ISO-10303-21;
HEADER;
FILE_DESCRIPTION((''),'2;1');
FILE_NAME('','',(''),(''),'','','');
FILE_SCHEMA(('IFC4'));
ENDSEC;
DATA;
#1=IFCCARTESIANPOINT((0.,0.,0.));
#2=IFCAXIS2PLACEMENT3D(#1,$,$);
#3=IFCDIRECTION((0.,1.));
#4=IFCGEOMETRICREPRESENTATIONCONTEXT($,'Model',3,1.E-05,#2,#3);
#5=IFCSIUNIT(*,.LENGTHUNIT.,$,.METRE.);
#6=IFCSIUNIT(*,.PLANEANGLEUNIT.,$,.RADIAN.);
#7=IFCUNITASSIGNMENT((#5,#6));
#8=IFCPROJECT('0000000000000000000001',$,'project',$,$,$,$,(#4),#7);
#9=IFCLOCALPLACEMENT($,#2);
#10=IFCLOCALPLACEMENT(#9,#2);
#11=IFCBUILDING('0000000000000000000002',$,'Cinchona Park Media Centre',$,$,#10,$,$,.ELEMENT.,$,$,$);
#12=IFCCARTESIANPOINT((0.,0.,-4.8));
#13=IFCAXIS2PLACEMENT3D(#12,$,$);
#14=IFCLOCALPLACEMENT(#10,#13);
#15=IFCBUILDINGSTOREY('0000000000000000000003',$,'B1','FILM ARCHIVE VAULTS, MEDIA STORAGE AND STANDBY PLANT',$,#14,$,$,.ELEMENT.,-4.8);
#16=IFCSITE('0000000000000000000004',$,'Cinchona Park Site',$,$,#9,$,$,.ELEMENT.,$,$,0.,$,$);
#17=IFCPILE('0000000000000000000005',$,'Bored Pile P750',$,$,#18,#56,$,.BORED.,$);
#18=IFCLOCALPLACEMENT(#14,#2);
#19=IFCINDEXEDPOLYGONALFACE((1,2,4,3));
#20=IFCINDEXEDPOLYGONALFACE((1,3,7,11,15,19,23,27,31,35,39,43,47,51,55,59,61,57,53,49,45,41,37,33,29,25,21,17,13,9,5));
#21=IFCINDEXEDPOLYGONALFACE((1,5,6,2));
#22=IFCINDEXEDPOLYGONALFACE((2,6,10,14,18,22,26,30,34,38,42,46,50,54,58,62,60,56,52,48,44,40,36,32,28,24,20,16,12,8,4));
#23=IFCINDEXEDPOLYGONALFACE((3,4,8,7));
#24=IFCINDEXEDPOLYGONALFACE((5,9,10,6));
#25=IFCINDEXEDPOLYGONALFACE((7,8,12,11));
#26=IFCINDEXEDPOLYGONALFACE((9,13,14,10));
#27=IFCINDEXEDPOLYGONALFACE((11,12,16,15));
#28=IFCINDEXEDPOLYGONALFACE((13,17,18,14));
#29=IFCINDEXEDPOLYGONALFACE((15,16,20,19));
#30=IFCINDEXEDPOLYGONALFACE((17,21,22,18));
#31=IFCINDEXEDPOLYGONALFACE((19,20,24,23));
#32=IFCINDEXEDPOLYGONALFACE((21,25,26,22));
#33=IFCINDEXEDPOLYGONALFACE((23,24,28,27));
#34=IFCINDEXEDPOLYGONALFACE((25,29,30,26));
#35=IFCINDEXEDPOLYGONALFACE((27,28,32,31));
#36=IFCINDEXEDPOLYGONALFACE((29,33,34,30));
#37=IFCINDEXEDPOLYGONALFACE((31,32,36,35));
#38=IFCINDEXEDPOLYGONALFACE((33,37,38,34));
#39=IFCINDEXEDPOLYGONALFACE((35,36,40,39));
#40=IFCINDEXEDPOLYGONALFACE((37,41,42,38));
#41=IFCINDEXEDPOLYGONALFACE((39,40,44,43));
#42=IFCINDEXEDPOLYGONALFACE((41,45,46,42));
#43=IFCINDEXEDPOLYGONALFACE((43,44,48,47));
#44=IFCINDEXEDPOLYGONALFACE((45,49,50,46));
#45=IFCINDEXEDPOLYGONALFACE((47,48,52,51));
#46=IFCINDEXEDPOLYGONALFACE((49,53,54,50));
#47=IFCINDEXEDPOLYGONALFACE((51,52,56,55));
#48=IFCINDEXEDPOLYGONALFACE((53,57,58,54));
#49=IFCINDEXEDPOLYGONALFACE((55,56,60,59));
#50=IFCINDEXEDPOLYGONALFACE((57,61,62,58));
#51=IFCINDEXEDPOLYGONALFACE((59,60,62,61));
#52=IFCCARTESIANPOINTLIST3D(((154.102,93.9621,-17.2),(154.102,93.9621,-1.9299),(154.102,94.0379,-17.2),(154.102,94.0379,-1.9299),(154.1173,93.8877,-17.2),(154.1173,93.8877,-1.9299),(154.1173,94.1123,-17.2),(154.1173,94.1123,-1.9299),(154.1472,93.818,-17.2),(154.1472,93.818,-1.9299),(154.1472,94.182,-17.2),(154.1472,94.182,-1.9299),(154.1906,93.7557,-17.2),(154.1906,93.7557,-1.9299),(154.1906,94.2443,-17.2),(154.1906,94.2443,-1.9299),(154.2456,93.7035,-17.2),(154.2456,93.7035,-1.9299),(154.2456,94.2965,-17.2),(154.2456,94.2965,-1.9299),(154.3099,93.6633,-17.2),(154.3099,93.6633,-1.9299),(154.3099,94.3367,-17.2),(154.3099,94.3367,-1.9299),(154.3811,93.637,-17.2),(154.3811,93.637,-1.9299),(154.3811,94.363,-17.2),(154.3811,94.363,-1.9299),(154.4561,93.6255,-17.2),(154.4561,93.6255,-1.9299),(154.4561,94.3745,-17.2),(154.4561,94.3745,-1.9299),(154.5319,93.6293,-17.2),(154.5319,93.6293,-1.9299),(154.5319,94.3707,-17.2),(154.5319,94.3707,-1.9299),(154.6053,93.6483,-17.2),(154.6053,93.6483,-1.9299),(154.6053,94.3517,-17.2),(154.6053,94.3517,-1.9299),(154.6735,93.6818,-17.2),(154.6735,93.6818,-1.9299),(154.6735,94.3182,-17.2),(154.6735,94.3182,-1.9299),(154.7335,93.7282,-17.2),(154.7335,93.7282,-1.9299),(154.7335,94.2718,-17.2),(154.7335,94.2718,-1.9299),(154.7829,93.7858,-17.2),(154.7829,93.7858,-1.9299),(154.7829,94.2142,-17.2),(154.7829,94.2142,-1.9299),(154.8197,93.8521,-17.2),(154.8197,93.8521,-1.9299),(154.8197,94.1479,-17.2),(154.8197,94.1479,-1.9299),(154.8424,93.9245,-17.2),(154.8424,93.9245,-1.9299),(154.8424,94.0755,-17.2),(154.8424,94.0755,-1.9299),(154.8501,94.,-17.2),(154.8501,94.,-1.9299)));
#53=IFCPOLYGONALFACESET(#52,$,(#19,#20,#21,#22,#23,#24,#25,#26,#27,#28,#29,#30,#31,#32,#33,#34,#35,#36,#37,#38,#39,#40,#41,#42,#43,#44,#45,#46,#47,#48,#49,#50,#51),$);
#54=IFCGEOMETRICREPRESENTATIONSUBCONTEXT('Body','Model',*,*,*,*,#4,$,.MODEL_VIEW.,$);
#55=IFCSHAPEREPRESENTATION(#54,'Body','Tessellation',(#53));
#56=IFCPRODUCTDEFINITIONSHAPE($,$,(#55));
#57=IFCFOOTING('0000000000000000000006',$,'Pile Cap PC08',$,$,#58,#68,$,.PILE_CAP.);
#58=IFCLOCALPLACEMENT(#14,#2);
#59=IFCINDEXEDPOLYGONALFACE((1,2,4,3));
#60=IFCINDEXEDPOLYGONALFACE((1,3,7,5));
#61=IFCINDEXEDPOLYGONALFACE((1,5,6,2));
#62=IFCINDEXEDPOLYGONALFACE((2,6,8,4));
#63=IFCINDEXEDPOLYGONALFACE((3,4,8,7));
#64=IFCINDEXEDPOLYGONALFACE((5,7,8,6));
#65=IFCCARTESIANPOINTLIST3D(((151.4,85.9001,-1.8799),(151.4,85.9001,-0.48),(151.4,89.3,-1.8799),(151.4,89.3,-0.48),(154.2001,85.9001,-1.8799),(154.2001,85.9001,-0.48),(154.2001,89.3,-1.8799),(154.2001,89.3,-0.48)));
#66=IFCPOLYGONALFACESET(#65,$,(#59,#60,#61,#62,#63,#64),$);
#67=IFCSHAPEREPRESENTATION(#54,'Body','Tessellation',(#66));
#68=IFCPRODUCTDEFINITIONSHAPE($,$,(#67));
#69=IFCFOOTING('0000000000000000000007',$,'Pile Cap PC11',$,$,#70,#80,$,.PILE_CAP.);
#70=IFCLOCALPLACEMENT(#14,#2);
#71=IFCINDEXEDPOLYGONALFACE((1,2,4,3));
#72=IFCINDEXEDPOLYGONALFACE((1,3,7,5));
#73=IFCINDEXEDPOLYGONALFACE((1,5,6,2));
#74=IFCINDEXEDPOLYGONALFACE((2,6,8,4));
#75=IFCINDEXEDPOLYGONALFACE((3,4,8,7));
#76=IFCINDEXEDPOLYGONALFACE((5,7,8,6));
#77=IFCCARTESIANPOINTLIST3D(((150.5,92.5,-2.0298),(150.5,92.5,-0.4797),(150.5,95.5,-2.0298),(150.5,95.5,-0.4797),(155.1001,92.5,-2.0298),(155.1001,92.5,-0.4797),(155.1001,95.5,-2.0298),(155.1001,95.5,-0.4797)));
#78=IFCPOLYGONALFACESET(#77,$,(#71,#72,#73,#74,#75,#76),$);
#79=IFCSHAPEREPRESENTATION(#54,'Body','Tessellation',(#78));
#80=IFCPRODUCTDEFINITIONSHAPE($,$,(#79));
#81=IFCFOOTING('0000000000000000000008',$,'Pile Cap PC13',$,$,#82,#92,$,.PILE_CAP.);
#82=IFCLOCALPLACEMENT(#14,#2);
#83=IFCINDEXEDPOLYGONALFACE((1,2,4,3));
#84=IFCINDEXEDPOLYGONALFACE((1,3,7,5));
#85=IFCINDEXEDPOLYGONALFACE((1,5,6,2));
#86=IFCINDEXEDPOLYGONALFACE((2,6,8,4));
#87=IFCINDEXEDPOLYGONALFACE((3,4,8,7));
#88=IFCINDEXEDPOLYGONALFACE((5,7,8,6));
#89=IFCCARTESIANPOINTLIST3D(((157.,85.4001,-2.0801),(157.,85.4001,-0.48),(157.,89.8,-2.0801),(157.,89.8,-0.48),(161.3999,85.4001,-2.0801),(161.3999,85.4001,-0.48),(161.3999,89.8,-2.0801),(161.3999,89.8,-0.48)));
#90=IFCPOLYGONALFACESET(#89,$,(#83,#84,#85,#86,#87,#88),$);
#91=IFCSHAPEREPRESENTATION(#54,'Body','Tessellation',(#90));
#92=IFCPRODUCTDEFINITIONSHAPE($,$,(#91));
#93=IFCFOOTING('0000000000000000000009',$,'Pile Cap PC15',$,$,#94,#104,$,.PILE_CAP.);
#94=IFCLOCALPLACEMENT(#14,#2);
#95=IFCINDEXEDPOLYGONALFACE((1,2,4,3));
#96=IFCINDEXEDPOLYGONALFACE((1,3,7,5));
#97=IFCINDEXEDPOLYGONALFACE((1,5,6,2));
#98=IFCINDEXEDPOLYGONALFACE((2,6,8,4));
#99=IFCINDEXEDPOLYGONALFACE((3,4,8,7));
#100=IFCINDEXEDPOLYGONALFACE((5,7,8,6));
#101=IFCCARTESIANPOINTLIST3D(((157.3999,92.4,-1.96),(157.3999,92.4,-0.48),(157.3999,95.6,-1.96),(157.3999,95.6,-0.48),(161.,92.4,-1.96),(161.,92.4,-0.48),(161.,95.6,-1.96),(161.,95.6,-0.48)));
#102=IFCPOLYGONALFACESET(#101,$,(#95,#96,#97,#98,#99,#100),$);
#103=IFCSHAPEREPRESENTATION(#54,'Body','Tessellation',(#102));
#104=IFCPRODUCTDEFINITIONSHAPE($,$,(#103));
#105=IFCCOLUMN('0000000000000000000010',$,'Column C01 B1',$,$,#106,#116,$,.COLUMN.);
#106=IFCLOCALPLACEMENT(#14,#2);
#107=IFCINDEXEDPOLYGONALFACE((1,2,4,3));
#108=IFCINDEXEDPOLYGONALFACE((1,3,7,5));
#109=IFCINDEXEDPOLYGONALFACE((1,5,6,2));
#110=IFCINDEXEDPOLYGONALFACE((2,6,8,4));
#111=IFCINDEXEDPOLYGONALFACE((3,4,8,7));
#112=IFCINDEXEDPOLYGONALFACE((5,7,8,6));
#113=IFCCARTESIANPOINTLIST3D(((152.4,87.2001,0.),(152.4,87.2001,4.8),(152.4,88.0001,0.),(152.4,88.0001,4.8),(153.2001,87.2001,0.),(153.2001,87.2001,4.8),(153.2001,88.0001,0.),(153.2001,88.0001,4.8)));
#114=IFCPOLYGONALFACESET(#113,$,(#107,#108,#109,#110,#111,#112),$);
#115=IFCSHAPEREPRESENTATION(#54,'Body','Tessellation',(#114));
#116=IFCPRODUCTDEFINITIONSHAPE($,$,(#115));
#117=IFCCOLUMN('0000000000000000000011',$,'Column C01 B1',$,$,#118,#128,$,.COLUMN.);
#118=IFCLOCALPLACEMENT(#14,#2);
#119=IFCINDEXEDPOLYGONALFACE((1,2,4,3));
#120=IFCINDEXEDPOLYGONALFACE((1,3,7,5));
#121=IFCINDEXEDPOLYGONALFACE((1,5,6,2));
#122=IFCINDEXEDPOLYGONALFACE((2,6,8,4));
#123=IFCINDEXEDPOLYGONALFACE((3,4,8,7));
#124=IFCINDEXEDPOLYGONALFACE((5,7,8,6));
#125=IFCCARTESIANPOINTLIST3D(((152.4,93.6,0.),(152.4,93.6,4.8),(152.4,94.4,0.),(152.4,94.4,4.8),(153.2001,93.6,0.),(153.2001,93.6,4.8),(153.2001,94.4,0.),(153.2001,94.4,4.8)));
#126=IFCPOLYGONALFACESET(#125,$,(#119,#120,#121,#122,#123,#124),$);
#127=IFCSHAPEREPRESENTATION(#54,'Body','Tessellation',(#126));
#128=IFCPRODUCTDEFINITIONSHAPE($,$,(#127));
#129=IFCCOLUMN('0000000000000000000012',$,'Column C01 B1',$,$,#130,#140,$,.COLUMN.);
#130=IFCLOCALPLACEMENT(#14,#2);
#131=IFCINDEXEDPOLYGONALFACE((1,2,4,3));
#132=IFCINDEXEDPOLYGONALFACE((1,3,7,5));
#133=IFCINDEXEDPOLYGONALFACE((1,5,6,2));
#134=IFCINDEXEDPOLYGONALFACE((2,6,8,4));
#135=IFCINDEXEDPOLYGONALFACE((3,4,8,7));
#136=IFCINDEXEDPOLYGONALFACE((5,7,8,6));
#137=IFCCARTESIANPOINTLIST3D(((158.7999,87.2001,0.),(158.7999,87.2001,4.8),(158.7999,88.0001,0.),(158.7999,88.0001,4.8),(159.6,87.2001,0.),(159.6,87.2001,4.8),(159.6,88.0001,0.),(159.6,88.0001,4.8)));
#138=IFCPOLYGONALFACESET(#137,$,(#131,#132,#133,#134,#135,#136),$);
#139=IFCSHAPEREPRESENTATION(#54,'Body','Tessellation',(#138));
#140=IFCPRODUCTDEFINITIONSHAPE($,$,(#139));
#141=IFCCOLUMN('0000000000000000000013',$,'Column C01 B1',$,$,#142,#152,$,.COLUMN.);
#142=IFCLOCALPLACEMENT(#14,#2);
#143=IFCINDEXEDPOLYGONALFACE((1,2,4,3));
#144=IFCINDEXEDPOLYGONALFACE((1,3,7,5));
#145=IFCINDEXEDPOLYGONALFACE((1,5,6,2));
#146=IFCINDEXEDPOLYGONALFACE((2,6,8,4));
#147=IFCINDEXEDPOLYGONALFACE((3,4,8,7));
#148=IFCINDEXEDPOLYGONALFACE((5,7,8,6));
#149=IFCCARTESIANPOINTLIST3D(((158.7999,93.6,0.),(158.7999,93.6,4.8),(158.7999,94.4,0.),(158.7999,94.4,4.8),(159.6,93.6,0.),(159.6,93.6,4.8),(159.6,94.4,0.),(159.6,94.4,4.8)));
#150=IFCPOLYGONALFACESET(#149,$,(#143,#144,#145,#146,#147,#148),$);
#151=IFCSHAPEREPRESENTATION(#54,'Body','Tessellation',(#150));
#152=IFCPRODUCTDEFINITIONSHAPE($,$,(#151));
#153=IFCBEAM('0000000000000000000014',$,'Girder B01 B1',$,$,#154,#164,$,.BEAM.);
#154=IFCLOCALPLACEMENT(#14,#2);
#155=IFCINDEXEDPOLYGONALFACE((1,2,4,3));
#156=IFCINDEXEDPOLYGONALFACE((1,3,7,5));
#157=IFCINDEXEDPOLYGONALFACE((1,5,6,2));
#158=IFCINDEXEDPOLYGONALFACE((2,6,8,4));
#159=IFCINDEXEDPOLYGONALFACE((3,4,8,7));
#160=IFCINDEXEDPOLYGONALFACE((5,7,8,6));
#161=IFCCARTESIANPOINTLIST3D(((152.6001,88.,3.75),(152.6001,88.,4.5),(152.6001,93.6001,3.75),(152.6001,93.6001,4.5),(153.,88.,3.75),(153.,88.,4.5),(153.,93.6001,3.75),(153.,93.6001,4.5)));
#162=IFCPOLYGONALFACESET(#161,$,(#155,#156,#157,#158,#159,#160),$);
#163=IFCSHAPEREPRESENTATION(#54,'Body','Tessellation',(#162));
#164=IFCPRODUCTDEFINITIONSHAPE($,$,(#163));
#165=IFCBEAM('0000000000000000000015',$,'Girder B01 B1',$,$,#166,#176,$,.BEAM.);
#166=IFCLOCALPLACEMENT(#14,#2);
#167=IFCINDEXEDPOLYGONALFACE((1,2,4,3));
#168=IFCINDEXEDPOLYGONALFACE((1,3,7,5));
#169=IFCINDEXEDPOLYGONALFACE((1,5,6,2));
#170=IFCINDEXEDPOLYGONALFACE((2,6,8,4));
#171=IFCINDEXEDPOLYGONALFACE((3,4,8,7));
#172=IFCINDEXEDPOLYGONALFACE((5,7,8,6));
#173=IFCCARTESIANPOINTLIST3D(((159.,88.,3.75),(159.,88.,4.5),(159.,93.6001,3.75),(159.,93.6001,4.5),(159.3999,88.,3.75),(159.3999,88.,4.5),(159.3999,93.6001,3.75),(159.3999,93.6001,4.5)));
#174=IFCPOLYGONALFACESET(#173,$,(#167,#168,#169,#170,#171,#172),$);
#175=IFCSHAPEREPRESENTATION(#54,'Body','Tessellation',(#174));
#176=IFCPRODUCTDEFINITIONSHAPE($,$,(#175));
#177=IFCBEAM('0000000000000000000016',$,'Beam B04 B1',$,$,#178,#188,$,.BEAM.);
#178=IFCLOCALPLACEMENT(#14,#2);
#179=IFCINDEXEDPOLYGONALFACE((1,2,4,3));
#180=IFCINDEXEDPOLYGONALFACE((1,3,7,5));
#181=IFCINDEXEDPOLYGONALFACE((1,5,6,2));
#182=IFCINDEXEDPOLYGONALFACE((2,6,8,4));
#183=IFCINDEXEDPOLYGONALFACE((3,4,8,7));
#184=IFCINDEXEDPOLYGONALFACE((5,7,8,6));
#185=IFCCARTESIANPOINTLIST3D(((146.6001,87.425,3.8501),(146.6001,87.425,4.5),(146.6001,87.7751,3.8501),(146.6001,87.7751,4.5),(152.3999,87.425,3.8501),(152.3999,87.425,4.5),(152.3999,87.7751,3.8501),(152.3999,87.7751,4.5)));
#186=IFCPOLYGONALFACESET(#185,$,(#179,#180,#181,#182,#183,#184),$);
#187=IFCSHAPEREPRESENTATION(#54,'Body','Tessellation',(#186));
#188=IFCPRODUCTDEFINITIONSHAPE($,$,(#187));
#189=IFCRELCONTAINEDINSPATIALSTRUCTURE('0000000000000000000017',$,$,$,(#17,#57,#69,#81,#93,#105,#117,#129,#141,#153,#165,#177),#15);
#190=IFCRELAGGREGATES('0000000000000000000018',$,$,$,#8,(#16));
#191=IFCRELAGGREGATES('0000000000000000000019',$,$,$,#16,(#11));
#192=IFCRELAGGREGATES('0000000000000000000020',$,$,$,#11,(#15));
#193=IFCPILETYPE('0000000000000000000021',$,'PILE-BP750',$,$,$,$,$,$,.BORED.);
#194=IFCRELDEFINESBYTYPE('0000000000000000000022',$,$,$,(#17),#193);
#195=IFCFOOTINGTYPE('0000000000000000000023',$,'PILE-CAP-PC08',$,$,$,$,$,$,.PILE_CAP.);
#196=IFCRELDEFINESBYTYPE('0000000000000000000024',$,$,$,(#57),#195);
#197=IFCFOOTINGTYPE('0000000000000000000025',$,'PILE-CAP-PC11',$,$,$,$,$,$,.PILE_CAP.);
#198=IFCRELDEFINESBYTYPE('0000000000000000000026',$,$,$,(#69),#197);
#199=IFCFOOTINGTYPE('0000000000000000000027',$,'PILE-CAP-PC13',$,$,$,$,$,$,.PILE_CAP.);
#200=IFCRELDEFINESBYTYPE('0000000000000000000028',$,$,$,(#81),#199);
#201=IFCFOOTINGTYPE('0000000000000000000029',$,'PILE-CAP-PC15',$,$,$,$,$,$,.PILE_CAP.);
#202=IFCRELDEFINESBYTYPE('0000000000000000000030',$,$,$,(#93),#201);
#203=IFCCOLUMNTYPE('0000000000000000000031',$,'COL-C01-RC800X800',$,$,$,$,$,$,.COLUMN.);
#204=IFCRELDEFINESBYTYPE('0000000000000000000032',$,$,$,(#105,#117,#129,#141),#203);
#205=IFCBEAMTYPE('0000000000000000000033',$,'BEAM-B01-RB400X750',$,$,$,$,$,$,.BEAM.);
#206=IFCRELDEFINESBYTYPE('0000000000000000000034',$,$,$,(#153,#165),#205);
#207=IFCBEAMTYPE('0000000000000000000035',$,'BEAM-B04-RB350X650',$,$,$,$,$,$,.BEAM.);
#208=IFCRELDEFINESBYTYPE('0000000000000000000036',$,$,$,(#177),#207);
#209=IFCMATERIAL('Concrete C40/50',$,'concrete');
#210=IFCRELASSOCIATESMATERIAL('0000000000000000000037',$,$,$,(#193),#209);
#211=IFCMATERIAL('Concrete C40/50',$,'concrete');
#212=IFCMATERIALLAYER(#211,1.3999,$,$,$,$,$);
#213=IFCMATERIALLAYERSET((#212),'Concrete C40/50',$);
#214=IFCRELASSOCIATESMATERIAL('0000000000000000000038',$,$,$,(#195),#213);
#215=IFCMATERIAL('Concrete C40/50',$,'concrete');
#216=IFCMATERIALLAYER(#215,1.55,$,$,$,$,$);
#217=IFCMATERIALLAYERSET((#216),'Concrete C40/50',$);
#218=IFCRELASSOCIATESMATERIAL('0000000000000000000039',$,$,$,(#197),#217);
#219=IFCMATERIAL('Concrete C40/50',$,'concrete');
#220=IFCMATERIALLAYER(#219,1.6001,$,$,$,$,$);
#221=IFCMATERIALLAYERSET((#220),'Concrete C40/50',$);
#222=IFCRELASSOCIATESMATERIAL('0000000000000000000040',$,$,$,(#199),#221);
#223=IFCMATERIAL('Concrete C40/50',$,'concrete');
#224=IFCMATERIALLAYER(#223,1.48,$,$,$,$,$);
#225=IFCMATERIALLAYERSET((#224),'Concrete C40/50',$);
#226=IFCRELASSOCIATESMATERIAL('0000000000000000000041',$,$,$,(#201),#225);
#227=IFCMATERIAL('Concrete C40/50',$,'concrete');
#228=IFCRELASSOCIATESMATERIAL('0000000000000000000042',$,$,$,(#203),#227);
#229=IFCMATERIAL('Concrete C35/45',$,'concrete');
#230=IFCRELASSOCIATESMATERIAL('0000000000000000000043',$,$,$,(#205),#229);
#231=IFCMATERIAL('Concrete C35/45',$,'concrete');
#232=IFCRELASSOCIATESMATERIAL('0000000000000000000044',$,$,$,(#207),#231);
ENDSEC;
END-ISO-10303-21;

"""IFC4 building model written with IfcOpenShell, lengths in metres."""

from ifc_helpers import new_model, si_unit, direction, frame, origin, origin_2d, place, context, subcontext, project, spatial, rectangle, circle, extrude, material, layer, layer_set, material_profile, profile_set, type_object, element, save


model = new_model("IFC4")

# Units and contexts
model_context = context("Model", 3, precision=1e-05, world=origin(), true_north=direction((0.0, 1.0)))
body_context = subcontext(model_context, "Body", "Model", "MODEL_VIEW")
ifc_project = project(units=[si_unit("LENGTHUNIT", "METRE"), si_unit("PLANEANGLEUNIT", "RADIAN")], contexts=[model_context])

# Site, building, storey
site_placement = place(None, origin())
site = spatial("IfcSite", under=ifc_project, at=site_placement, Name="Cinchona Park Site", CompositionType="ELEMENT", RefElevation=0.0)
building_placement = place(site_placement, origin())
building = spatial("IfcBuilding", under=site, at=building_placement, Name="Cinchona Park Media Centre", CompositionType="ELEMENT")
storey_placement = place(building_placement, frame((0.0, 0.0, -4.8)))
storey = spatial("IfcBuildingStorey", under=building, at=storey_placement, Name="B1", Description="FILM ARCHIVE VAULTS, MEDIA STORAGE AND STANDBY PLANT", CompositionType="ELEMENT", Elevation=-4.8)

# Pile
ifc_material_1 = material(Name="Concrete C40/50", Category="concrete")
ifc_material_profile_1 = material_profile(ifc_material_1, circle(Radius=0.375, at=origin_2d()), Name="BORED PILE 750")
ifc_profile_set_1 = profile_set([ifc_material_profile_1], Name="Concrete C40/50")
pile_type_1 = type_object("IfcPileType", Name="PILE-BP750", PredefinedType="BORED", material=ifc_profile_set_1)
for number, where, z_axis, x_axis, name in (
    (1, (154.4751, 94.0, -1.9299), (0.0, 0.0, -1.0), (1.0, 0.0, 0.0), "Bored Pile P750"),
):
    element("IfcPile", number, at=place(storey_placement, frame(where, z_axis=z_axis, x_axis=x_axis)), inside=storey, type_object=pile_type_1, Name=name, PredefinedType="BORED", context=body_context, shape_type="SweptSolid", body=[
        extrude(circle(Radius=0.375, at=origin_2d()), origin(), (0.0, 0.0, 1.0), 15.27),
    ])

# Footings
ifc_material_2 = material(Name="Concrete C40/50", Category="concrete")
ifc_layer_1 = layer(ifc_material_2, 1.3999)
ifc_layer_set_1 = layer_set([ifc_layer_1], Name="Concrete C40/50")
footing_type_1 = type_object("IfcFootingType", Name="PILE-CAP-PC08", PredefinedType="PILE_CAP", material=ifc_layer_set_1)
footing_1_placement = place(storey_placement, frame((152.8, 87.6001, -1.8799), z_axis=(0.0, 0.0, 1.0), x_axis=(1.0, 0.0, 0.0)))
element("IfcFooting", 2, at=footing_1_placement, inside=storey, type_object=footing_type_1, Name="Pile Cap PC08", PredefinedType="PILE_CAP", context=body_context, shape_type="SweptSolid", body=[
    extrude(rectangle(XDim=2.8, YDim=3.3999, at=origin_2d()), origin(), (0.0, 0.0, 1.0), 1.3999),
])
ifc_material_3 = material(Name="Concrete C40/50", Category="concrete")
ifc_layer_2 = layer(ifc_material_3, 1.55)
ifc_layer_set_2 = layer_set([ifc_layer_2], Name="Concrete C40/50")
footing_type_2 = type_object("IfcFootingType", Name="PILE-CAP-PC11", PredefinedType="PILE_CAP", material=ifc_layer_set_2)
footing_2_placement = place(storey_placement, frame((152.8, 94.0, -2.0298), z_axis=(0.0, 0.0, 1.0), x_axis=(1.0, 0.0, 0.0)))
element("IfcFooting", 3, at=footing_2_placement, inside=storey, type_object=footing_type_2, Name="Pile Cap PC11", PredefinedType="PILE_CAP", context=body_context, shape_type="SweptSolid", body=[
    extrude(rectangle(XDim=4.6001, YDim=3.0, at=origin_2d()), origin(), (0.0, 0.0, 1.0), 1.55),
])
ifc_material_4 = material(Name="Concrete C40/50", Category="concrete")
ifc_layer_3 = layer(ifc_material_4, 1.6001)
ifc_layer_set_3 = layer_set([ifc_layer_3], Name="Concrete C40/50")
footing_type_3 = type_object("IfcFootingType", Name="PILE-CAP-PC13", PredefinedType="PILE_CAP", material=ifc_layer_set_3)
footing_3_placement = place(storey_placement, frame((159.2, 87.6001, -2.0801), z_axis=(0.0, 0.0, 1.0), x_axis=(1.0, 0.0, 0.0)))
element("IfcFooting", 4, at=footing_3_placement, inside=storey, type_object=footing_type_3, Name="Pile Cap PC13", PredefinedType="PILE_CAP", context=body_context, shape_type="SweptSolid", body=[
    extrude(rectangle(XDim=4.3999, YDim=4.3999, at=origin_2d()), origin(), (0.0, 0.0, 1.0), 1.6001),
])
ifc_material_5 = material(Name="Concrete C40/50", Category="concrete")
ifc_layer_4 = layer(ifc_material_5, 1.48)
ifc_layer_set_4 = layer_set([ifc_layer_4], Name="Concrete C40/50")
footing_type_4 = type_object("IfcFootingType", Name="PILE-CAP-PC15", PredefinedType="PILE_CAP", material=ifc_layer_set_4)
footing_4_placement = place(storey_placement, frame((159.2, 94.0, -1.96), z_axis=(0.0, 0.0, 1.0), x_axis=(1.0, 0.0, 0.0)))
element("IfcFooting", 5, at=footing_4_placement, inside=storey, type_object=footing_type_4, Name="Pile Cap PC15", PredefinedType="PILE_CAP", context=body_context, shape_type="SweptSolid", body=[
    extrude(rectangle(XDim=3.6001, YDim=3.2, at=origin_2d()), origin(), (0.0, 0.0, 1.0), 1.48),
])

# Columns
ifc_material_6 = material(Name="Concrete C40/50", Category="concrete")
ifc_material_profile_2 = material_profile(ifc_material_6, rectangle(XDim=0.8, YDim=0.8, at=origin_2d()), Name="RC 800X800")
ifc_profile_set_2 = profile_set([ifc_material_profile_2], Name="Concrete C40/50")
column_type = type_object("IfcColumnType", Name="COL-C01-RC800X800", PredefinedType="COLUMN", material=ifc_profile_set_2)
for number, where, z_axis, x_axis, name in (
    (6, (152.8, 87.6001, 0.0), (0.0, 0.0, 1.0), (1.0, 0.0, 0.0), "Column C01 B1"),
    (7, (152.8, 94.0, 0.0), (0.0, 0.0, 1.0), (1.0, 0.0, 0.0), "Column C01 B1"),
    (8, (159.2, 87.6001, 0.0), (0.0, 0.0, 1.0), (1.0, 0.0, 0.0), "Column C01 B1"),
    (9, (159.2, 94.0, 0.0), (0.0, 0.0, 1.0), (1.0, 0.0, 0.0), "Column C01 B1"),
):
    element("IfcColumn", number, at=place(storey_placement, frame(where, z_axis=z_axis, x_axis=x_axis)), inside=storey, type_object=column_type, Name=name, PredefinedType="COLUMN", context=body_context, shape_type="SweptSolid", body=[
        extrude(rectangle(XDim=0.8, YDim=0.8, at=origin_2d()), origin(), (0.0, 0.0, 1.0), 4.8),
    ])

# Beams
ifc_material_7 = material(Name="Concrete C35/45", Category="concrete")
ifc_material_profile_3 = material_profile(ifc_material_7, rectangle(XDim=0.3999, YDim=0.75, at=origin_2d()), Name="RB 400X750")
ifc_profile_set_3 = profile_set([ifc_material_profile_3], Name="Concrete C35/45")
beam_type_1 = type_object("IfcBeamType", Name="BEAM-B01-RB400X750", PredefinedType="BEAM", material=ifc_profile_set_3)
for number, where, z_axis, x_axis, name in (
    (10, (152.8, 88.0, 4.125), (0.0, 1.0, 0.0), (-1.0, 0.0, 0.0), "Girder B01 B1"),
    (11, (159.2, 88.0, 4.125), (0.0, 1.0, 0.0), (-1.0, 0.0, 0.0), "Girder B01 B1"),
):
    element("IfcBeam", number, at=place(storey_placement, frame(where, z_axis=z_axis, x_axis=x_axis)), inside=storey, type_object=beam_type_1, Name=name, PredefinedType="BEAM", context=body_context, shape_type="SweptSolid", body=[
        extrude(rectangle(XDim=0.3999, YDim=0.75, at=origin_2d()), origin(), (0.0, 0.0, 1.0), 5.6001),
    ])
ifc_material_8 = material(Name="Concrete C35/45", Category="concrete")
ifc_material_profile_4 = material_profile(ifc_material_8, rectangle(XDim=0.3501, YDim=0.6499, at=origin_2d()), Name="RB 350X650")
ifc_profile_set_4 = profile_set([ifc_material_profile_4], Name="Concrete C35/45")
beam_type_2 = type_object("IfcBeamType", Name="BEAM-B04-RB350X650", PredefinedType="BEAM", material=ifc_profile_set_4)
beam_1_placement = place(storey_placement, frame((146.6001, 87.6001, 4.175), z_axis=(1.0, 0.0, 0.0), x_axis=(0.0, 1.0, 0.0)))
element("IfcBeam", 12, at=beam_1_placement, inside=storey, type_object=beam_type_2, Name="Beam B04 B1", PredefinedType="BEAM", context=body_context, shape_type="SweptSolid", body=[
    extrude(rectangle(XDim=0.3501, YDim=0.6499, at=origin_2d()), origin(), (0.0, 0.0, 1.0), 5.7998),
])

save(model, "model.ifc")
